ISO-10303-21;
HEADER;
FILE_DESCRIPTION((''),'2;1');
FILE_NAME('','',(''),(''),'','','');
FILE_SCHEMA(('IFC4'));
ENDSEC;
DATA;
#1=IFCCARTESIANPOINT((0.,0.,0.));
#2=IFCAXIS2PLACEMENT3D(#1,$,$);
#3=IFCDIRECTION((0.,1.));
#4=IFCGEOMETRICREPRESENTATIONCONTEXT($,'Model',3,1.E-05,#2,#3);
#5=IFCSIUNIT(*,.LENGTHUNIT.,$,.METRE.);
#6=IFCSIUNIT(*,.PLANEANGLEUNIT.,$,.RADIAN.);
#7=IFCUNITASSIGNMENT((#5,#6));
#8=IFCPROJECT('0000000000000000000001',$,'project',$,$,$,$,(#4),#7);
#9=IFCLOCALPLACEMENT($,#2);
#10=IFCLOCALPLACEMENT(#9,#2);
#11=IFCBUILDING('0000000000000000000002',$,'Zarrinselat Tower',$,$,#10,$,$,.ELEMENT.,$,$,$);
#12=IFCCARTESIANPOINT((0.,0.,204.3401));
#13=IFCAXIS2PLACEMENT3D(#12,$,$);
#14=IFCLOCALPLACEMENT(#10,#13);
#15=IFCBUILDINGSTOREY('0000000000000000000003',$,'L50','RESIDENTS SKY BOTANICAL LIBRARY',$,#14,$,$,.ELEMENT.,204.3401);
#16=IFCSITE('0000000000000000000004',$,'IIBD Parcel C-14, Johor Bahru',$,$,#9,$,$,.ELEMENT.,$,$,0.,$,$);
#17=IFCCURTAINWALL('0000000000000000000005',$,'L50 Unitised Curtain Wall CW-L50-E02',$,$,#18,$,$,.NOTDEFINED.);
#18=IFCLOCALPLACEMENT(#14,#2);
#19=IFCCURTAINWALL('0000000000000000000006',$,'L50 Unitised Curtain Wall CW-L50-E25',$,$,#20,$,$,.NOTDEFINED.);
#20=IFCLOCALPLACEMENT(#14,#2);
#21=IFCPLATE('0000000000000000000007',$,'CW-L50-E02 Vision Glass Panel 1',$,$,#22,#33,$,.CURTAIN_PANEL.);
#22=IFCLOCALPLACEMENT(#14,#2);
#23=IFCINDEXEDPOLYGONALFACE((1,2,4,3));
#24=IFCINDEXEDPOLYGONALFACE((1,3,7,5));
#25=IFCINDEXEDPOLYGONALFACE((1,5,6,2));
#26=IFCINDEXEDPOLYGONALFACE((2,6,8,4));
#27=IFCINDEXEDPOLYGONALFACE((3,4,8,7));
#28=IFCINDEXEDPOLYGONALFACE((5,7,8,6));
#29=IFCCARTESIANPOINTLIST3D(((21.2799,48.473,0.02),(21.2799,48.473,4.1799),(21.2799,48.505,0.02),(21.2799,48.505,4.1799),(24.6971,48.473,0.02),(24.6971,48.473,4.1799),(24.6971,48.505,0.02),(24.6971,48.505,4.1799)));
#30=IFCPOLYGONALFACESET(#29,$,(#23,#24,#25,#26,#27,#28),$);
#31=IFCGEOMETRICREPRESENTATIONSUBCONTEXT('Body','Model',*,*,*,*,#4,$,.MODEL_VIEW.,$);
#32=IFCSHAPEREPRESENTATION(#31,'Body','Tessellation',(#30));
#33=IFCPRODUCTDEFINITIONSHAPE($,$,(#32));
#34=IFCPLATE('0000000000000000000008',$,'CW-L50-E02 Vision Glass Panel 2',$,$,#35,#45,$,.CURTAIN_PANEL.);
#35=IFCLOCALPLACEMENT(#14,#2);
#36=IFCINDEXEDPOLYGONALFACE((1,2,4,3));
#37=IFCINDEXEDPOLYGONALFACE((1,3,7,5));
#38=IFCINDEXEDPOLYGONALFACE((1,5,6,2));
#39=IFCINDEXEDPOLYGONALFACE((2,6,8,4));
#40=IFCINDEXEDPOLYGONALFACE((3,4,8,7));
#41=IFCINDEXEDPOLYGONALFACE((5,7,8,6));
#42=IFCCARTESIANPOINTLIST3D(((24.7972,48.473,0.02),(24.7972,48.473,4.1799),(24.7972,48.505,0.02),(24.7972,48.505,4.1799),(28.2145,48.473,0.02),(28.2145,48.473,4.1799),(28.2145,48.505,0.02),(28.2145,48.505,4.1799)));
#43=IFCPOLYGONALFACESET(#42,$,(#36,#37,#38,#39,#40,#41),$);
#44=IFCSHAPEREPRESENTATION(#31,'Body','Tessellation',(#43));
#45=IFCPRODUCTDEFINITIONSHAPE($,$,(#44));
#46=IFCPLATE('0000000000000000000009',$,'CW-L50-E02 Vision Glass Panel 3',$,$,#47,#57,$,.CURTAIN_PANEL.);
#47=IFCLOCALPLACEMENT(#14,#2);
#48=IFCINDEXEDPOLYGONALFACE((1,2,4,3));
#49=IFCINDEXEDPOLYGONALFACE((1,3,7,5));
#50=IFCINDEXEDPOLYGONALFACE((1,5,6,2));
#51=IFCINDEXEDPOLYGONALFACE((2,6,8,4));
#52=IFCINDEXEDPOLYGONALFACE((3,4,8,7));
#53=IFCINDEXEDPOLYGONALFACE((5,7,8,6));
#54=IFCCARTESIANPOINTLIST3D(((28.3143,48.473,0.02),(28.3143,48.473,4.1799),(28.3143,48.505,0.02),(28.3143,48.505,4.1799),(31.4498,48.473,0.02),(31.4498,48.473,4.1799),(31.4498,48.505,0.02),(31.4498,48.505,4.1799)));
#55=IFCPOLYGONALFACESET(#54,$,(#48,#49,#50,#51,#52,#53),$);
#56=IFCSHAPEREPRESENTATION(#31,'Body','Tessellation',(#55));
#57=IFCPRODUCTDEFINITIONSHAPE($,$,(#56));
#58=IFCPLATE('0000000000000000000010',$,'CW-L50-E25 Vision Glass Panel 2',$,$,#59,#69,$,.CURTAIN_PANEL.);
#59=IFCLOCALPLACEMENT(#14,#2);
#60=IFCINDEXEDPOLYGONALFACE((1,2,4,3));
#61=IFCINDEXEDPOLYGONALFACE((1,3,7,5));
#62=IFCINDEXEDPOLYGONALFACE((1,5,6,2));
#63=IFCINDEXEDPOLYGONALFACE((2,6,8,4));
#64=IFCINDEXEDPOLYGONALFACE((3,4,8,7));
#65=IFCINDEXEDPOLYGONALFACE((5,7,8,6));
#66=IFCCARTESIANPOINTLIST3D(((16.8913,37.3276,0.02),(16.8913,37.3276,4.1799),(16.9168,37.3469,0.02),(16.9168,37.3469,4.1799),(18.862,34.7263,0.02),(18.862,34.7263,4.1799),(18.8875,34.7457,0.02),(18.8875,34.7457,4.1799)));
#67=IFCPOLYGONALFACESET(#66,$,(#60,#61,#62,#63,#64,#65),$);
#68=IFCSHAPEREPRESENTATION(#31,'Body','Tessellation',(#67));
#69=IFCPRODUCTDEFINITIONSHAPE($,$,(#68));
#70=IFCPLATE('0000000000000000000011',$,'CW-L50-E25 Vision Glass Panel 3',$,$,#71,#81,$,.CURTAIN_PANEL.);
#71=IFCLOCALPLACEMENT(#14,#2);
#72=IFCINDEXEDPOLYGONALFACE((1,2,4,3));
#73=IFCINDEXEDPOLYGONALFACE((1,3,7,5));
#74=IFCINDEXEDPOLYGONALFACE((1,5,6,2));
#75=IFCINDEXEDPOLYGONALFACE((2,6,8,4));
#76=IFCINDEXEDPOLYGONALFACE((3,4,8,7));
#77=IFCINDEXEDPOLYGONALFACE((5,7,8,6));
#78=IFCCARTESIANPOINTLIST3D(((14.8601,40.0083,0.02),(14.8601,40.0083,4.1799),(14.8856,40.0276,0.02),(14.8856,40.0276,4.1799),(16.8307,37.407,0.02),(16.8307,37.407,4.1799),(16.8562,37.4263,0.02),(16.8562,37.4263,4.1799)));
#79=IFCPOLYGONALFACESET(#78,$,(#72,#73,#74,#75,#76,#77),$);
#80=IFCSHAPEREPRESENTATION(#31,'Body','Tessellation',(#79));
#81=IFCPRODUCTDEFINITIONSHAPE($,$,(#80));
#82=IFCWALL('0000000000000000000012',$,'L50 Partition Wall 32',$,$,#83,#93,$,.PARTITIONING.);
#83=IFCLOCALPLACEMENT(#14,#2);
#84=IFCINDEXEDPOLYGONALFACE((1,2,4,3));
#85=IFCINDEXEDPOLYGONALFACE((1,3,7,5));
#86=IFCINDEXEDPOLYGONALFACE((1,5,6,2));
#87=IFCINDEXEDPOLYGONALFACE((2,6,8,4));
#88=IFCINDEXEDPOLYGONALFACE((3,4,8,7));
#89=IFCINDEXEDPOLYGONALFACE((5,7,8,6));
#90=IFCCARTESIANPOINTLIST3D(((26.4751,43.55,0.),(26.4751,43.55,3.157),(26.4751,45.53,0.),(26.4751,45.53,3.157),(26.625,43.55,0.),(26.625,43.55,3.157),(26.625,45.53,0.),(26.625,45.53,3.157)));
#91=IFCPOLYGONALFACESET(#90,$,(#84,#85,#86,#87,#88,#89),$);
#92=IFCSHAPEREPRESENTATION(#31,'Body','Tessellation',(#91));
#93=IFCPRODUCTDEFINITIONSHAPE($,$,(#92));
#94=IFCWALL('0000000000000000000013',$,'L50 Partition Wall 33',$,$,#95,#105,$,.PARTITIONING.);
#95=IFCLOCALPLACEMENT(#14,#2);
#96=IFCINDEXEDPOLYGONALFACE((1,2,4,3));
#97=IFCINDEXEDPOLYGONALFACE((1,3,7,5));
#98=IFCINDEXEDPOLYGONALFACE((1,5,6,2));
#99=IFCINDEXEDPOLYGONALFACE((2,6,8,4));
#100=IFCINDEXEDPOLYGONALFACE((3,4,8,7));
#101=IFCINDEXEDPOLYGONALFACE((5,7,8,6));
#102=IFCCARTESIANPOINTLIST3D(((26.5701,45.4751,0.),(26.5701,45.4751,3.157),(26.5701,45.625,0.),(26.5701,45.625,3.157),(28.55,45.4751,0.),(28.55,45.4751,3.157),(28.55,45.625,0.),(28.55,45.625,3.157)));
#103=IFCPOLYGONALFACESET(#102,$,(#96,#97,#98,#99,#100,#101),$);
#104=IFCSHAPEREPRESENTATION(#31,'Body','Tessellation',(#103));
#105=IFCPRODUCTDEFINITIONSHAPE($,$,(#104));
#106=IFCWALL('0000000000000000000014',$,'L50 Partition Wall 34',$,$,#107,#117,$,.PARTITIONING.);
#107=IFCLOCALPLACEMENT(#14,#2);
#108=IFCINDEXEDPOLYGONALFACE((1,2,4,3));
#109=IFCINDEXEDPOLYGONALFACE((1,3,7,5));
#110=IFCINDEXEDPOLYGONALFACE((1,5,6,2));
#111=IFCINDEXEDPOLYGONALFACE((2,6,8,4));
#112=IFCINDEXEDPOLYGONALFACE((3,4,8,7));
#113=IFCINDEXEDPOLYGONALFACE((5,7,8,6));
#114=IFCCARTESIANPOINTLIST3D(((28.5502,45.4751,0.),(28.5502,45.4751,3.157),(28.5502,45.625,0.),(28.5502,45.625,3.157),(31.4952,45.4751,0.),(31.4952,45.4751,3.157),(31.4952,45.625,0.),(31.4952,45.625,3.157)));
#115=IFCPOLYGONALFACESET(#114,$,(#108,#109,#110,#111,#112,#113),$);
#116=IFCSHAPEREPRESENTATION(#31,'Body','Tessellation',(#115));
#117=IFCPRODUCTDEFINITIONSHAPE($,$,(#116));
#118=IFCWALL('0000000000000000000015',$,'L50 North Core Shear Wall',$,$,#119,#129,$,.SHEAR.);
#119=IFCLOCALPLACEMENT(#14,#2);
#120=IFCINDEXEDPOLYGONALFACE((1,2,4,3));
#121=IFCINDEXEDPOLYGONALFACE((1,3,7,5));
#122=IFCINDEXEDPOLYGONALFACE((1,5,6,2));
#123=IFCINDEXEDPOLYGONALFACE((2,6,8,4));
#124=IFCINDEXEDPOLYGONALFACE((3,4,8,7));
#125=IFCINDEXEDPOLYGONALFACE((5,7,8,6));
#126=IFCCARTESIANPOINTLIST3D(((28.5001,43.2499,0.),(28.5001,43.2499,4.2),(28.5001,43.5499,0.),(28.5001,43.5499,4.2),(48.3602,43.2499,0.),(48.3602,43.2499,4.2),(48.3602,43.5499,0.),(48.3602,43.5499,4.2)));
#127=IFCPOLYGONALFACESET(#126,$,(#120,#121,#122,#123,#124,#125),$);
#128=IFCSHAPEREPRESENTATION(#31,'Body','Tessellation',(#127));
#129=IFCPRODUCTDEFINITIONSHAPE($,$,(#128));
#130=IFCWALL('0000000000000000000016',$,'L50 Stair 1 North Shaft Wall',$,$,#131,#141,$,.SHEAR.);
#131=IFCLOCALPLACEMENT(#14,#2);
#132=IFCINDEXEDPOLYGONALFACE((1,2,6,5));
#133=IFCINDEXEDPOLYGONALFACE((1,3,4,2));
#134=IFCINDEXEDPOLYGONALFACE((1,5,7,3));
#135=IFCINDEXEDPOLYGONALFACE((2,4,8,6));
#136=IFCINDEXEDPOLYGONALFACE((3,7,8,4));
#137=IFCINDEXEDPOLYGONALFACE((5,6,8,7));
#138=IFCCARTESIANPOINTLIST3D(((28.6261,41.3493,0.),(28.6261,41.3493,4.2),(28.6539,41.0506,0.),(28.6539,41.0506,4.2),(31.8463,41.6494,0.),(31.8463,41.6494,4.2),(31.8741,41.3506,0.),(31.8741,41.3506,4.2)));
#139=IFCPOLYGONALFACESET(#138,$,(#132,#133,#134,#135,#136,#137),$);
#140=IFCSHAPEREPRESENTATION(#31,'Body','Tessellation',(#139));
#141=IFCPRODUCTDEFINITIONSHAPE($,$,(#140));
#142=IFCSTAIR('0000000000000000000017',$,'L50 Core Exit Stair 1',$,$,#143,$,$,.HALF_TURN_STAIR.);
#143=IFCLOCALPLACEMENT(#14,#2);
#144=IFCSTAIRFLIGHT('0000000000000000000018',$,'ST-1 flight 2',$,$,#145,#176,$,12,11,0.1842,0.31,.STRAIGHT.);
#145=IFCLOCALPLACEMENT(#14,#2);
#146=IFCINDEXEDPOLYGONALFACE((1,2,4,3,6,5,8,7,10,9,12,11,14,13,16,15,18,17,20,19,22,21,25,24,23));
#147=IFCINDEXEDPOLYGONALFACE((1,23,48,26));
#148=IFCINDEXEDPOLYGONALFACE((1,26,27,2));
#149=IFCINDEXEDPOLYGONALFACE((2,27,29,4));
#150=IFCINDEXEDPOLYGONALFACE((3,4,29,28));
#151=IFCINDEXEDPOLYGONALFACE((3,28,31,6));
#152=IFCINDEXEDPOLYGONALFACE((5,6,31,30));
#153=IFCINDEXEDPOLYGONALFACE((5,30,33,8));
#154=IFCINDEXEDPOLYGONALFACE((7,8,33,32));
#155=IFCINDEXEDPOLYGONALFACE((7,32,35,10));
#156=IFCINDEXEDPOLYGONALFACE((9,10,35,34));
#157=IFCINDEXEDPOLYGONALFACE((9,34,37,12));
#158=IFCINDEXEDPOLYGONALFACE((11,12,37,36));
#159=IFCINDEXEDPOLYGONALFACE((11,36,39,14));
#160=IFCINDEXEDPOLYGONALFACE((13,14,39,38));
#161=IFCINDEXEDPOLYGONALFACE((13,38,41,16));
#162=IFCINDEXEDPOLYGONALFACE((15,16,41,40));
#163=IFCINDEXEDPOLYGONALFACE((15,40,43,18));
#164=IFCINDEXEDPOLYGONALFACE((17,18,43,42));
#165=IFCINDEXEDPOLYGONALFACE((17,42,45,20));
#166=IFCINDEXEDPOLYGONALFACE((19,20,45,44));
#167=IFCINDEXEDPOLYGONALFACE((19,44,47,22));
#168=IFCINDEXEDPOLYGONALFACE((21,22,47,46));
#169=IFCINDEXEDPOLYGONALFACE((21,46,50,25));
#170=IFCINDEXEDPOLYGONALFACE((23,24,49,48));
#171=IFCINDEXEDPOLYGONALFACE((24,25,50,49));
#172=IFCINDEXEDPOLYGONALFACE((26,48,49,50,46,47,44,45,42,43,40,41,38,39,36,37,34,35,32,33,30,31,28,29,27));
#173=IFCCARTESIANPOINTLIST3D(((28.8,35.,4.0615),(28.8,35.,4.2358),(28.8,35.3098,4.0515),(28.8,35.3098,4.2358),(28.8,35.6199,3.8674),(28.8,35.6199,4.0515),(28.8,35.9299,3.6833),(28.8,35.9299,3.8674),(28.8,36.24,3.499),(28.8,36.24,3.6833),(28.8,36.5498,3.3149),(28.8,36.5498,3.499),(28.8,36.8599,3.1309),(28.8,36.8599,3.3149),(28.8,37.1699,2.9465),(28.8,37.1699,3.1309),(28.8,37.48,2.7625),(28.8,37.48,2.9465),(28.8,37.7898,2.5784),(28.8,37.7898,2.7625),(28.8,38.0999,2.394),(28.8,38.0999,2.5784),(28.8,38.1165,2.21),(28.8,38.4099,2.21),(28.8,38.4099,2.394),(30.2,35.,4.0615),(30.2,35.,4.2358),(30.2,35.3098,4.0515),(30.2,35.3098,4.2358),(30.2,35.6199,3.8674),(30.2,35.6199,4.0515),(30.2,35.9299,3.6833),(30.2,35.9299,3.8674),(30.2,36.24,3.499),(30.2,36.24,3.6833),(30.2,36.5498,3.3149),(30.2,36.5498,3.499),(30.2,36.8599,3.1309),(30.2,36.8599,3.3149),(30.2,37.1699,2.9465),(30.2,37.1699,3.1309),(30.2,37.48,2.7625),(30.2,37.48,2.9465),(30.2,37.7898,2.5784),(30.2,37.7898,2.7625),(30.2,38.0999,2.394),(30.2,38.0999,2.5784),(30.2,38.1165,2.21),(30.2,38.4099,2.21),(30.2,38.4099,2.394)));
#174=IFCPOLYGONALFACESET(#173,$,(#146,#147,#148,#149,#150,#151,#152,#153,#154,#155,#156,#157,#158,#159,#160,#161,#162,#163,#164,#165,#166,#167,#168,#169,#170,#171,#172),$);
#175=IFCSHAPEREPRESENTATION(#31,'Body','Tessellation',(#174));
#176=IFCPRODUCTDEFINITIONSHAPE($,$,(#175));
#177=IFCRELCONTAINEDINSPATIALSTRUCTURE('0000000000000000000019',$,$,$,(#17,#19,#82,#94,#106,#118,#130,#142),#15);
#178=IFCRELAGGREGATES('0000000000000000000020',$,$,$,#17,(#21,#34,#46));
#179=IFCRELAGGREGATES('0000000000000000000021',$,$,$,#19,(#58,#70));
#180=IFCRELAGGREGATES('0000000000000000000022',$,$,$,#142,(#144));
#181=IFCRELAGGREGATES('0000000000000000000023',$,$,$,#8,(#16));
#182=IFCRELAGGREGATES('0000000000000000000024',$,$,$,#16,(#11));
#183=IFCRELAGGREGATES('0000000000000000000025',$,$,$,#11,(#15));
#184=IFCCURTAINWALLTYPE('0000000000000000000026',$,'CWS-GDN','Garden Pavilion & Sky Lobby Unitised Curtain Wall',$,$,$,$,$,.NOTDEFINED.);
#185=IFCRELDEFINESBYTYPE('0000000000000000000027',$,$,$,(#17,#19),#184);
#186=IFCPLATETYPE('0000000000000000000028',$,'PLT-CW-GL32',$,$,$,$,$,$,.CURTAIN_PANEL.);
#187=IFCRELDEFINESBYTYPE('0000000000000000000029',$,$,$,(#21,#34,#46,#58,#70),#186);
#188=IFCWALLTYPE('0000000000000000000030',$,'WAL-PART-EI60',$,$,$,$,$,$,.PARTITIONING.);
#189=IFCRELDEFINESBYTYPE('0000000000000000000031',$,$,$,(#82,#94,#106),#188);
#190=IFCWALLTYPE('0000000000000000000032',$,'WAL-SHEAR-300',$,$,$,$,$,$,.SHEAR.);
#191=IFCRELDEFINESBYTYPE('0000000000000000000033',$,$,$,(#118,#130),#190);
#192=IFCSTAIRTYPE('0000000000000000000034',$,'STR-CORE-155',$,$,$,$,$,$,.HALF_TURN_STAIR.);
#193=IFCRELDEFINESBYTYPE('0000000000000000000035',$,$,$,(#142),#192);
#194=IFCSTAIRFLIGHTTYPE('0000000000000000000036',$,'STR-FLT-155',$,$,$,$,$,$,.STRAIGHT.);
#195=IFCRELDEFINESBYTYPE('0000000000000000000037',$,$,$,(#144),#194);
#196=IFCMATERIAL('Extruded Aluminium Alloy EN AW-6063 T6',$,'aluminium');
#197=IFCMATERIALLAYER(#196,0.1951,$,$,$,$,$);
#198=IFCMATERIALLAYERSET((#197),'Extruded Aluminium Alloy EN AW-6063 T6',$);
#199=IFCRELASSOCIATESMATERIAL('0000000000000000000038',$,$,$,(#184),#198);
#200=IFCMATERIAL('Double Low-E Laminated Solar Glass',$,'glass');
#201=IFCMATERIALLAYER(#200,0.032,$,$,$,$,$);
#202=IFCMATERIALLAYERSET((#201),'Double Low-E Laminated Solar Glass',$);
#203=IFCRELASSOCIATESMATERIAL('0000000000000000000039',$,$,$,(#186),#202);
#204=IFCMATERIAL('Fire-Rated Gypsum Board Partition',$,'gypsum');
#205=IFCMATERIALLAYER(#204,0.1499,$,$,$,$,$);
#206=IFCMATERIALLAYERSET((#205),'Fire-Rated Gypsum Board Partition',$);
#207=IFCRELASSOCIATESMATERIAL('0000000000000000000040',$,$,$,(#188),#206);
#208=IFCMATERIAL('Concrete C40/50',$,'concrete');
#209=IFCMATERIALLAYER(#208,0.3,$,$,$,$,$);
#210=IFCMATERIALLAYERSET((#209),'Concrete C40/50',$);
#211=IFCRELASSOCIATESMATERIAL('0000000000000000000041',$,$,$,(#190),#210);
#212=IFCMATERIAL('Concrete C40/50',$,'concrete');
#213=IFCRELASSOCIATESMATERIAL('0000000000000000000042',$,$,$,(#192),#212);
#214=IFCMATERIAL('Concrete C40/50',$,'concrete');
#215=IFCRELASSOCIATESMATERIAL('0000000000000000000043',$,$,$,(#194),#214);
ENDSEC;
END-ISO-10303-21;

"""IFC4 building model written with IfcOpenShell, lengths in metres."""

from ifc_helpers import new_model, si_unit, direction, frame, frame_2d, origin, origin_2d, place, context, subcontext, project, spatial, polyline, rectangle, outline, extrude, material, layer, layer_set, type_object, element, aggregate, save


model = new_model("IFC4")

# Units and contexts
model_context = context("Model", 3, precision=1e-05, world=origin(), true_north=direction((0.0, 1.0)))
body_context = subcontext(model_context, "Body", "Model", "MODEL_VIEW")
ifc_project = project(units=[si_unit("LENGTHUNIT", "METRE"), si_unit("PLANEANGLEUNIT", "RADIAN")], contexts=[model_context])

# Site, building, storey
site_placement = place(None, origin())
site = spatial("IfcSite", under=ifc_project, at=site_placement, Name="IIBD Parcel C-14, Johor Bahru", CompositionType="ELEMENT", RefElevation=0.0)
building_placement = place(site_placement, origin())
building = spatial("IfcBuilding", under=site, at=building_placement, Name="Zarrinselat Tower", CompositionType="ELEMENT")
storey_placement = place(building_placement, frame((0.0, 0.0, 204.3401)))
storey = spatial("IfcBuildingStorey", under=building, at=storey_placement, Name="L50", Description="RESIDENTS SKY BOTANICAL LIBRARY", CompositionType="ELEMENT", Elevation=204.3401)

# Curtain walls
ifc_material_1 = material(Name="Extruded Aluminium Alloy EN AW-6063 T6", Category="aluminium")
ifc_layer_1 = layer(ifc_material_1, 0.1951)
ifc_layer_set_1 = layer_set([ifc_layer_1], Name="Extruded Aluminium Alloy EN AW-6063 T6")
curtain_wall_type = type_object("IfcCurtainWallType", Name="CWS-GDN", Description="Garden Pavilion & Sky Lobby Unitised Curtain Wall", PredefinedType="NOTDEFINED", material=ifc_layer_set_1)
curtain_wall_1_placement = place(storey_placement, origin())
curtain_wall_1 = element("IfcCurtainWall", 1, at=curtain_wall_1_placement, inside=storey, type_object=curtain_wall_type, Name="L50 Unitised Curtain Wall CW-L50-E02", PredefinedType="NOTDEFINED")
curtain_wall_2_placement = place(storey_placement, origin())
curtain_wall_2 = element("IfcCurtainWall", 2, at=curtain_wall_2_placement, inside=storey, type_object=curtain_wall_type, Name="L50 Unitised Curtain Wall CW-L50-E25", PredefinedType="NOTDEFINED")

# Plates
ifc_material_2 = material(Name="Double Low-E Laminated Solar Glass", Category="glass")
ifc_layer_2 = layer(ifc_material_2, 0.032)
ifc_layer_set_2 = layer_set([ifc_layer_2], Name="Double Low-E Laminated Solar Glass")
plate_type = type_object("IfcPlateType", Name="PLT-CW-GL32", PredefinedType="CURTAIN_PANEL", material=ifc_layer_set_2)
plate_1_placement = place(storey_placement, frame((22.9885, 48.489, 0.02), z_axis=(0.0, 0.0, 1.0), x_axis=(1.0, 0.0, 0.0)))
plate_1 = element("IfcPlate", 3, at=plate_1_placement, type_object=plate_type, Name="CW-L50-E02 Vision Glass Panel 1", PredefinedType="CURTAIN_PANEL", context=body_context, shape_type="SweptSolid", body=[
    extrude(rectangle(XDim=3.4172, YDim=0.032, at=origin_2d()), origin(), (0.0, 0.0, 1.0), 4.1599),
])
plate_2_placement = place(storey_placement, frame((26.5059, 48.489, 0.02), z_axis=(0.0, 0.0, 1.0), x_axis=(1.0, 0.0, 0.0)))
plate_2 = element("IfcPlate", 4, at=plate_2_placement, type_object=plate_type, Name="CW-L50-E02 Vision Glass Panel 2", PredefinedType="CURTAIN_PANEL", context=body_context, shape_type="SweptSolid", body=[
    extrude(rectangle(XDim=3.4172, YDim=0.032, at=origin_2d()), origin(), (0.0, 0.0, 1.0), 4.1599),
])
plate_3_placement = place(storey_placement, frame((29.8821, 48.489, 0.02), z_axis=(0.0, 0.0, 1.0), x_axis=(1.0, 0.0, 0.0)))
plate_3 = element("IfcPlate", 5, at=plate_3_placement, type_object=plate_type, Name="CW-L50-E02 Vision Glass Panel 3", PredefinedType="CURTAIN_PANEL", context=body_context, shape_type="SweptSolid", body=[
    extrude(rectangle(XDim=3.1355, YDim=0.032, at=origin_2d()), origin(), (0.0, 0.0, 1.0), 4.1599),
])
aggregate(curtain_wall_1, [plate_1, plate_2, plate_3])
plate_4_placement = place(storey_placement, frame((17.8894, 36.0366, 0.02), z_axis=(0.0, 0.0, 1.0), x_axis=(-0.603858, 0.797092, 0.0)))
plate_4 = element("IfcPlate", 6, at=plate_4_placement, type_object=plate_type, Name="CW-L50-E25 Vision Glass Panel 2", PredefinedType="CURTAIN_PANEL", context=body_context, shape_type="SweptSolid", body=[
    extrude(rectangle(XDim=3.2634, YDim=0.032, at=origin_2d()), origin(), (0.0, 0.0, 1.0), 4.1599),
])
plate_5_placement = place(storey_placement, frame((15.8582, 38.7173, 0.02), z_axis=(0.0, 0.0, 1.0), x_axis=(-0.603858, 0.797092, 0.0)))
plate_5 = element("IfcPlate", 7, at=plate_5_placement, type_object=plate_type, Name="CW-L50-E25 Vision Glass Panel 3", PredefinedType="CURTAIN_PANEL", context=body_context, shape_type="SweptSolid", body=[
    extrude(rectangle(XDim=3.2634, YDim=0.032, at=origin_2d()), origin(), (0.0, 0.0, 1.0), 4.1599),
])
aggregate(curtain_wall_2, [plate_4, plate_5])

# Walls
ifc_material_3 = material(Name="Fire-Rated Gypsum Board Partition", Category="gypsum")
ifc_layer_3 = layer(ifc_material_3, 0.1499)
ifc_layer_set_3 = layer_set([ifc_layer_3], Name="Fire-Rated Gypsum Board Partition")
wall_type_1 = type_object("IfcWallType", Name="WAL-PART-EI60", PredefinedType="PARTITIONING", material=ifc_layer_set_3)
for number, where, z_axis, x_axis, name in (
    (8, (26.55, 43.55, 0.0), (0.0, 0.0, 1.0), (0.0, 1.0, 0.0), "L50 Partition Wall 32"),
    (9, (26.5701, 45.55, 0.0), (0.0, 0.0, 1.0), (1.0, 0.0, 0.0), "L50 Partition Wall 33"),
):
    element("IfcWall", number, at=place(storey_placement, frame(where, z_axis=z_axis, x_axis=x_axis)), inside=storey, type_object=wall_type_1, Name=name, PredefinedType="PARTITIONING", context=body_context, shape_type="SweptSolid", body=[
        extrude(rectangle(XDim=1.98, YDim=0.1499, at=frame_2d((0.99, 0.0))), origin(), (0.0, 0.0, 1.0), 3.157),
    ])
wall_1_placement = place(storey_placement, frame((28.55, 45.55, 0.0), z_axis=(0.0, 0.0, 1.0), x_axis=(1.0, 0.0, 0.0)))
element("IfcWall", 10, at=wall_1_placement, inside=storey, type_object=wall_type_1, Name="L50 Partition Wall 34", PredefinedType="PARTITIONING", context=body_context, shape_type="SweptSolid", body=[
    extrude(rectangle(XDim=2.9451, YDim=0.1499, at=frame_2d((1.4727, 0.0))), origin(), (0.0, 0.0, 1.0), 3.157),
])
ifc_material_4 = material(Name="Concrete C40/50", Category="concrete")
ifc_layer_4 = layer(ifc_material_4, 0.3)
ifc_layer_set_4 = layer_set([ifc_layer_4], Name="Concrete C40/50")
wall_type_2 = type_object("IfcWallType", Name="WAL-SHEAR-300", PredefinedType="SHEAR", material=ifc_layer_set_4)
wall_2_placement = place(storey_placement, frame((28.5, 43.3999, 0.0), z_axis=(0.0, 0.0, 1.0), x_axis=(1.0, 0.0, 0.0)))
element("IfcWall", 11, at=wall_2_placement, inside=storey, type_object=wall_type_2, Name="L50 North Core Shear Wall", PredefinedType="SHEAR", context=body_context, shape_type="SweptSolid", body=[
    extrude(rectangle(XDim=19.8601, YDim=0.3, at=frame_2d((9.9302, 0.0))), origin(), (0.0, 0.0, 1.0), 4.2),
])
wall_3_placement = place(storey_placement, frame((28.6399, 41.2, 0.0), z_axis=(0.0, 0.0, 1.0), x_axis=(0.995687, 0.092775, 0.0)))
element("IfcWall", 12, at=wall_3_placement, inside=storey, type_object=wall_type_2, Name="L50 Stair 1 North Shaft Wall", PredefinedType="SHEAR", context=body_context, shape_type="SweptSolid", body=[
    extrude(rectangle(XDim=3.2341, YDim=0.3, at=frame_2d((1.6172, 0.0))), origin(), (0.0, 0.0, 1.0), 4.2),
])

# Stair, stair flight
ifc_material_5 = material(Name="Concrete C40/50", Category="concrete")
stair_type = type_object("IfcStairType", Name="STR-CORE-155", PredefinedType="HALF_TURN_STAIR", material=ifc_material_5)
stair_placement = place(storey_placement, origin())
stair = element("IfcStair", 13, at=stair_placement, inside=storey, type_object=stair_type, Name="L50 Core Exit Stair 1", PredefinedType="HALF_TURN_STAIR")
ifc_material_6 = material(Name="Concrete C40/50", Category="concrete")
stair_flight_type = type_object("IfcStairFlightType", Name="STR-FLT-155", PredefinedType="STRAIGHT", material=ifc_material_6)
stair_flight_placement = place(storey_placement, frame((29.5, 38.4099, 2.21), z_axis=(0.0, 0.0, 1.0), x_axis=(0.0, -1.0, 0.0)))
stair_flight = element("IfcStairFlight", 14, at=stair_flight_placement, type_object=stair_flight_type, Name="ST-1 flight 2", NumberOfRisers=12, NumberOfTreads=11, PredefinedType="STRAIGHT", RiserHeight=0.1842, TreadLength=0.31, context=body_context, shape_type="SweptSolid", body=[
    extrude(outline(polyline([(0.0, 0.0), (0.0, 0.1841), (0.3101, 0.1841), (0.3101, 0.3684), (0.6201, 0.3684), (0.6201, 0.5525), (0.9299, 0.5525), (0.9299, 0.7366), (1.24, 0.7366), (1.24, 0.9209), (1.55, 0.9209), (1.55, 1.105), (1.8601, 1.105), (1.8601, 1.2891), (2.1699, 1.2891), (2.1699, 1.4734), (2.48, 1.4734), (2.48, 1.6575), (2.79, 1.6575), (2.79, 1.8416), (3.1001, 1.8416), (3.1001, 2.0259), (3.4099, 2.0259), (3.4099, 2.21), (3.4099, 1.8516), (0.2935, 0.0), (0.0, 0.0)])), frame((0.0, 0.7, 0.0), z_axis=(0.0, -1.0, 0.0), x_axis=(1.0, 0.0, 0.0)), (0.0, 0.0, 1.0), 1.3999),
])
aggregate(stair, [stair_flight])

save(model, "model.ifc")
